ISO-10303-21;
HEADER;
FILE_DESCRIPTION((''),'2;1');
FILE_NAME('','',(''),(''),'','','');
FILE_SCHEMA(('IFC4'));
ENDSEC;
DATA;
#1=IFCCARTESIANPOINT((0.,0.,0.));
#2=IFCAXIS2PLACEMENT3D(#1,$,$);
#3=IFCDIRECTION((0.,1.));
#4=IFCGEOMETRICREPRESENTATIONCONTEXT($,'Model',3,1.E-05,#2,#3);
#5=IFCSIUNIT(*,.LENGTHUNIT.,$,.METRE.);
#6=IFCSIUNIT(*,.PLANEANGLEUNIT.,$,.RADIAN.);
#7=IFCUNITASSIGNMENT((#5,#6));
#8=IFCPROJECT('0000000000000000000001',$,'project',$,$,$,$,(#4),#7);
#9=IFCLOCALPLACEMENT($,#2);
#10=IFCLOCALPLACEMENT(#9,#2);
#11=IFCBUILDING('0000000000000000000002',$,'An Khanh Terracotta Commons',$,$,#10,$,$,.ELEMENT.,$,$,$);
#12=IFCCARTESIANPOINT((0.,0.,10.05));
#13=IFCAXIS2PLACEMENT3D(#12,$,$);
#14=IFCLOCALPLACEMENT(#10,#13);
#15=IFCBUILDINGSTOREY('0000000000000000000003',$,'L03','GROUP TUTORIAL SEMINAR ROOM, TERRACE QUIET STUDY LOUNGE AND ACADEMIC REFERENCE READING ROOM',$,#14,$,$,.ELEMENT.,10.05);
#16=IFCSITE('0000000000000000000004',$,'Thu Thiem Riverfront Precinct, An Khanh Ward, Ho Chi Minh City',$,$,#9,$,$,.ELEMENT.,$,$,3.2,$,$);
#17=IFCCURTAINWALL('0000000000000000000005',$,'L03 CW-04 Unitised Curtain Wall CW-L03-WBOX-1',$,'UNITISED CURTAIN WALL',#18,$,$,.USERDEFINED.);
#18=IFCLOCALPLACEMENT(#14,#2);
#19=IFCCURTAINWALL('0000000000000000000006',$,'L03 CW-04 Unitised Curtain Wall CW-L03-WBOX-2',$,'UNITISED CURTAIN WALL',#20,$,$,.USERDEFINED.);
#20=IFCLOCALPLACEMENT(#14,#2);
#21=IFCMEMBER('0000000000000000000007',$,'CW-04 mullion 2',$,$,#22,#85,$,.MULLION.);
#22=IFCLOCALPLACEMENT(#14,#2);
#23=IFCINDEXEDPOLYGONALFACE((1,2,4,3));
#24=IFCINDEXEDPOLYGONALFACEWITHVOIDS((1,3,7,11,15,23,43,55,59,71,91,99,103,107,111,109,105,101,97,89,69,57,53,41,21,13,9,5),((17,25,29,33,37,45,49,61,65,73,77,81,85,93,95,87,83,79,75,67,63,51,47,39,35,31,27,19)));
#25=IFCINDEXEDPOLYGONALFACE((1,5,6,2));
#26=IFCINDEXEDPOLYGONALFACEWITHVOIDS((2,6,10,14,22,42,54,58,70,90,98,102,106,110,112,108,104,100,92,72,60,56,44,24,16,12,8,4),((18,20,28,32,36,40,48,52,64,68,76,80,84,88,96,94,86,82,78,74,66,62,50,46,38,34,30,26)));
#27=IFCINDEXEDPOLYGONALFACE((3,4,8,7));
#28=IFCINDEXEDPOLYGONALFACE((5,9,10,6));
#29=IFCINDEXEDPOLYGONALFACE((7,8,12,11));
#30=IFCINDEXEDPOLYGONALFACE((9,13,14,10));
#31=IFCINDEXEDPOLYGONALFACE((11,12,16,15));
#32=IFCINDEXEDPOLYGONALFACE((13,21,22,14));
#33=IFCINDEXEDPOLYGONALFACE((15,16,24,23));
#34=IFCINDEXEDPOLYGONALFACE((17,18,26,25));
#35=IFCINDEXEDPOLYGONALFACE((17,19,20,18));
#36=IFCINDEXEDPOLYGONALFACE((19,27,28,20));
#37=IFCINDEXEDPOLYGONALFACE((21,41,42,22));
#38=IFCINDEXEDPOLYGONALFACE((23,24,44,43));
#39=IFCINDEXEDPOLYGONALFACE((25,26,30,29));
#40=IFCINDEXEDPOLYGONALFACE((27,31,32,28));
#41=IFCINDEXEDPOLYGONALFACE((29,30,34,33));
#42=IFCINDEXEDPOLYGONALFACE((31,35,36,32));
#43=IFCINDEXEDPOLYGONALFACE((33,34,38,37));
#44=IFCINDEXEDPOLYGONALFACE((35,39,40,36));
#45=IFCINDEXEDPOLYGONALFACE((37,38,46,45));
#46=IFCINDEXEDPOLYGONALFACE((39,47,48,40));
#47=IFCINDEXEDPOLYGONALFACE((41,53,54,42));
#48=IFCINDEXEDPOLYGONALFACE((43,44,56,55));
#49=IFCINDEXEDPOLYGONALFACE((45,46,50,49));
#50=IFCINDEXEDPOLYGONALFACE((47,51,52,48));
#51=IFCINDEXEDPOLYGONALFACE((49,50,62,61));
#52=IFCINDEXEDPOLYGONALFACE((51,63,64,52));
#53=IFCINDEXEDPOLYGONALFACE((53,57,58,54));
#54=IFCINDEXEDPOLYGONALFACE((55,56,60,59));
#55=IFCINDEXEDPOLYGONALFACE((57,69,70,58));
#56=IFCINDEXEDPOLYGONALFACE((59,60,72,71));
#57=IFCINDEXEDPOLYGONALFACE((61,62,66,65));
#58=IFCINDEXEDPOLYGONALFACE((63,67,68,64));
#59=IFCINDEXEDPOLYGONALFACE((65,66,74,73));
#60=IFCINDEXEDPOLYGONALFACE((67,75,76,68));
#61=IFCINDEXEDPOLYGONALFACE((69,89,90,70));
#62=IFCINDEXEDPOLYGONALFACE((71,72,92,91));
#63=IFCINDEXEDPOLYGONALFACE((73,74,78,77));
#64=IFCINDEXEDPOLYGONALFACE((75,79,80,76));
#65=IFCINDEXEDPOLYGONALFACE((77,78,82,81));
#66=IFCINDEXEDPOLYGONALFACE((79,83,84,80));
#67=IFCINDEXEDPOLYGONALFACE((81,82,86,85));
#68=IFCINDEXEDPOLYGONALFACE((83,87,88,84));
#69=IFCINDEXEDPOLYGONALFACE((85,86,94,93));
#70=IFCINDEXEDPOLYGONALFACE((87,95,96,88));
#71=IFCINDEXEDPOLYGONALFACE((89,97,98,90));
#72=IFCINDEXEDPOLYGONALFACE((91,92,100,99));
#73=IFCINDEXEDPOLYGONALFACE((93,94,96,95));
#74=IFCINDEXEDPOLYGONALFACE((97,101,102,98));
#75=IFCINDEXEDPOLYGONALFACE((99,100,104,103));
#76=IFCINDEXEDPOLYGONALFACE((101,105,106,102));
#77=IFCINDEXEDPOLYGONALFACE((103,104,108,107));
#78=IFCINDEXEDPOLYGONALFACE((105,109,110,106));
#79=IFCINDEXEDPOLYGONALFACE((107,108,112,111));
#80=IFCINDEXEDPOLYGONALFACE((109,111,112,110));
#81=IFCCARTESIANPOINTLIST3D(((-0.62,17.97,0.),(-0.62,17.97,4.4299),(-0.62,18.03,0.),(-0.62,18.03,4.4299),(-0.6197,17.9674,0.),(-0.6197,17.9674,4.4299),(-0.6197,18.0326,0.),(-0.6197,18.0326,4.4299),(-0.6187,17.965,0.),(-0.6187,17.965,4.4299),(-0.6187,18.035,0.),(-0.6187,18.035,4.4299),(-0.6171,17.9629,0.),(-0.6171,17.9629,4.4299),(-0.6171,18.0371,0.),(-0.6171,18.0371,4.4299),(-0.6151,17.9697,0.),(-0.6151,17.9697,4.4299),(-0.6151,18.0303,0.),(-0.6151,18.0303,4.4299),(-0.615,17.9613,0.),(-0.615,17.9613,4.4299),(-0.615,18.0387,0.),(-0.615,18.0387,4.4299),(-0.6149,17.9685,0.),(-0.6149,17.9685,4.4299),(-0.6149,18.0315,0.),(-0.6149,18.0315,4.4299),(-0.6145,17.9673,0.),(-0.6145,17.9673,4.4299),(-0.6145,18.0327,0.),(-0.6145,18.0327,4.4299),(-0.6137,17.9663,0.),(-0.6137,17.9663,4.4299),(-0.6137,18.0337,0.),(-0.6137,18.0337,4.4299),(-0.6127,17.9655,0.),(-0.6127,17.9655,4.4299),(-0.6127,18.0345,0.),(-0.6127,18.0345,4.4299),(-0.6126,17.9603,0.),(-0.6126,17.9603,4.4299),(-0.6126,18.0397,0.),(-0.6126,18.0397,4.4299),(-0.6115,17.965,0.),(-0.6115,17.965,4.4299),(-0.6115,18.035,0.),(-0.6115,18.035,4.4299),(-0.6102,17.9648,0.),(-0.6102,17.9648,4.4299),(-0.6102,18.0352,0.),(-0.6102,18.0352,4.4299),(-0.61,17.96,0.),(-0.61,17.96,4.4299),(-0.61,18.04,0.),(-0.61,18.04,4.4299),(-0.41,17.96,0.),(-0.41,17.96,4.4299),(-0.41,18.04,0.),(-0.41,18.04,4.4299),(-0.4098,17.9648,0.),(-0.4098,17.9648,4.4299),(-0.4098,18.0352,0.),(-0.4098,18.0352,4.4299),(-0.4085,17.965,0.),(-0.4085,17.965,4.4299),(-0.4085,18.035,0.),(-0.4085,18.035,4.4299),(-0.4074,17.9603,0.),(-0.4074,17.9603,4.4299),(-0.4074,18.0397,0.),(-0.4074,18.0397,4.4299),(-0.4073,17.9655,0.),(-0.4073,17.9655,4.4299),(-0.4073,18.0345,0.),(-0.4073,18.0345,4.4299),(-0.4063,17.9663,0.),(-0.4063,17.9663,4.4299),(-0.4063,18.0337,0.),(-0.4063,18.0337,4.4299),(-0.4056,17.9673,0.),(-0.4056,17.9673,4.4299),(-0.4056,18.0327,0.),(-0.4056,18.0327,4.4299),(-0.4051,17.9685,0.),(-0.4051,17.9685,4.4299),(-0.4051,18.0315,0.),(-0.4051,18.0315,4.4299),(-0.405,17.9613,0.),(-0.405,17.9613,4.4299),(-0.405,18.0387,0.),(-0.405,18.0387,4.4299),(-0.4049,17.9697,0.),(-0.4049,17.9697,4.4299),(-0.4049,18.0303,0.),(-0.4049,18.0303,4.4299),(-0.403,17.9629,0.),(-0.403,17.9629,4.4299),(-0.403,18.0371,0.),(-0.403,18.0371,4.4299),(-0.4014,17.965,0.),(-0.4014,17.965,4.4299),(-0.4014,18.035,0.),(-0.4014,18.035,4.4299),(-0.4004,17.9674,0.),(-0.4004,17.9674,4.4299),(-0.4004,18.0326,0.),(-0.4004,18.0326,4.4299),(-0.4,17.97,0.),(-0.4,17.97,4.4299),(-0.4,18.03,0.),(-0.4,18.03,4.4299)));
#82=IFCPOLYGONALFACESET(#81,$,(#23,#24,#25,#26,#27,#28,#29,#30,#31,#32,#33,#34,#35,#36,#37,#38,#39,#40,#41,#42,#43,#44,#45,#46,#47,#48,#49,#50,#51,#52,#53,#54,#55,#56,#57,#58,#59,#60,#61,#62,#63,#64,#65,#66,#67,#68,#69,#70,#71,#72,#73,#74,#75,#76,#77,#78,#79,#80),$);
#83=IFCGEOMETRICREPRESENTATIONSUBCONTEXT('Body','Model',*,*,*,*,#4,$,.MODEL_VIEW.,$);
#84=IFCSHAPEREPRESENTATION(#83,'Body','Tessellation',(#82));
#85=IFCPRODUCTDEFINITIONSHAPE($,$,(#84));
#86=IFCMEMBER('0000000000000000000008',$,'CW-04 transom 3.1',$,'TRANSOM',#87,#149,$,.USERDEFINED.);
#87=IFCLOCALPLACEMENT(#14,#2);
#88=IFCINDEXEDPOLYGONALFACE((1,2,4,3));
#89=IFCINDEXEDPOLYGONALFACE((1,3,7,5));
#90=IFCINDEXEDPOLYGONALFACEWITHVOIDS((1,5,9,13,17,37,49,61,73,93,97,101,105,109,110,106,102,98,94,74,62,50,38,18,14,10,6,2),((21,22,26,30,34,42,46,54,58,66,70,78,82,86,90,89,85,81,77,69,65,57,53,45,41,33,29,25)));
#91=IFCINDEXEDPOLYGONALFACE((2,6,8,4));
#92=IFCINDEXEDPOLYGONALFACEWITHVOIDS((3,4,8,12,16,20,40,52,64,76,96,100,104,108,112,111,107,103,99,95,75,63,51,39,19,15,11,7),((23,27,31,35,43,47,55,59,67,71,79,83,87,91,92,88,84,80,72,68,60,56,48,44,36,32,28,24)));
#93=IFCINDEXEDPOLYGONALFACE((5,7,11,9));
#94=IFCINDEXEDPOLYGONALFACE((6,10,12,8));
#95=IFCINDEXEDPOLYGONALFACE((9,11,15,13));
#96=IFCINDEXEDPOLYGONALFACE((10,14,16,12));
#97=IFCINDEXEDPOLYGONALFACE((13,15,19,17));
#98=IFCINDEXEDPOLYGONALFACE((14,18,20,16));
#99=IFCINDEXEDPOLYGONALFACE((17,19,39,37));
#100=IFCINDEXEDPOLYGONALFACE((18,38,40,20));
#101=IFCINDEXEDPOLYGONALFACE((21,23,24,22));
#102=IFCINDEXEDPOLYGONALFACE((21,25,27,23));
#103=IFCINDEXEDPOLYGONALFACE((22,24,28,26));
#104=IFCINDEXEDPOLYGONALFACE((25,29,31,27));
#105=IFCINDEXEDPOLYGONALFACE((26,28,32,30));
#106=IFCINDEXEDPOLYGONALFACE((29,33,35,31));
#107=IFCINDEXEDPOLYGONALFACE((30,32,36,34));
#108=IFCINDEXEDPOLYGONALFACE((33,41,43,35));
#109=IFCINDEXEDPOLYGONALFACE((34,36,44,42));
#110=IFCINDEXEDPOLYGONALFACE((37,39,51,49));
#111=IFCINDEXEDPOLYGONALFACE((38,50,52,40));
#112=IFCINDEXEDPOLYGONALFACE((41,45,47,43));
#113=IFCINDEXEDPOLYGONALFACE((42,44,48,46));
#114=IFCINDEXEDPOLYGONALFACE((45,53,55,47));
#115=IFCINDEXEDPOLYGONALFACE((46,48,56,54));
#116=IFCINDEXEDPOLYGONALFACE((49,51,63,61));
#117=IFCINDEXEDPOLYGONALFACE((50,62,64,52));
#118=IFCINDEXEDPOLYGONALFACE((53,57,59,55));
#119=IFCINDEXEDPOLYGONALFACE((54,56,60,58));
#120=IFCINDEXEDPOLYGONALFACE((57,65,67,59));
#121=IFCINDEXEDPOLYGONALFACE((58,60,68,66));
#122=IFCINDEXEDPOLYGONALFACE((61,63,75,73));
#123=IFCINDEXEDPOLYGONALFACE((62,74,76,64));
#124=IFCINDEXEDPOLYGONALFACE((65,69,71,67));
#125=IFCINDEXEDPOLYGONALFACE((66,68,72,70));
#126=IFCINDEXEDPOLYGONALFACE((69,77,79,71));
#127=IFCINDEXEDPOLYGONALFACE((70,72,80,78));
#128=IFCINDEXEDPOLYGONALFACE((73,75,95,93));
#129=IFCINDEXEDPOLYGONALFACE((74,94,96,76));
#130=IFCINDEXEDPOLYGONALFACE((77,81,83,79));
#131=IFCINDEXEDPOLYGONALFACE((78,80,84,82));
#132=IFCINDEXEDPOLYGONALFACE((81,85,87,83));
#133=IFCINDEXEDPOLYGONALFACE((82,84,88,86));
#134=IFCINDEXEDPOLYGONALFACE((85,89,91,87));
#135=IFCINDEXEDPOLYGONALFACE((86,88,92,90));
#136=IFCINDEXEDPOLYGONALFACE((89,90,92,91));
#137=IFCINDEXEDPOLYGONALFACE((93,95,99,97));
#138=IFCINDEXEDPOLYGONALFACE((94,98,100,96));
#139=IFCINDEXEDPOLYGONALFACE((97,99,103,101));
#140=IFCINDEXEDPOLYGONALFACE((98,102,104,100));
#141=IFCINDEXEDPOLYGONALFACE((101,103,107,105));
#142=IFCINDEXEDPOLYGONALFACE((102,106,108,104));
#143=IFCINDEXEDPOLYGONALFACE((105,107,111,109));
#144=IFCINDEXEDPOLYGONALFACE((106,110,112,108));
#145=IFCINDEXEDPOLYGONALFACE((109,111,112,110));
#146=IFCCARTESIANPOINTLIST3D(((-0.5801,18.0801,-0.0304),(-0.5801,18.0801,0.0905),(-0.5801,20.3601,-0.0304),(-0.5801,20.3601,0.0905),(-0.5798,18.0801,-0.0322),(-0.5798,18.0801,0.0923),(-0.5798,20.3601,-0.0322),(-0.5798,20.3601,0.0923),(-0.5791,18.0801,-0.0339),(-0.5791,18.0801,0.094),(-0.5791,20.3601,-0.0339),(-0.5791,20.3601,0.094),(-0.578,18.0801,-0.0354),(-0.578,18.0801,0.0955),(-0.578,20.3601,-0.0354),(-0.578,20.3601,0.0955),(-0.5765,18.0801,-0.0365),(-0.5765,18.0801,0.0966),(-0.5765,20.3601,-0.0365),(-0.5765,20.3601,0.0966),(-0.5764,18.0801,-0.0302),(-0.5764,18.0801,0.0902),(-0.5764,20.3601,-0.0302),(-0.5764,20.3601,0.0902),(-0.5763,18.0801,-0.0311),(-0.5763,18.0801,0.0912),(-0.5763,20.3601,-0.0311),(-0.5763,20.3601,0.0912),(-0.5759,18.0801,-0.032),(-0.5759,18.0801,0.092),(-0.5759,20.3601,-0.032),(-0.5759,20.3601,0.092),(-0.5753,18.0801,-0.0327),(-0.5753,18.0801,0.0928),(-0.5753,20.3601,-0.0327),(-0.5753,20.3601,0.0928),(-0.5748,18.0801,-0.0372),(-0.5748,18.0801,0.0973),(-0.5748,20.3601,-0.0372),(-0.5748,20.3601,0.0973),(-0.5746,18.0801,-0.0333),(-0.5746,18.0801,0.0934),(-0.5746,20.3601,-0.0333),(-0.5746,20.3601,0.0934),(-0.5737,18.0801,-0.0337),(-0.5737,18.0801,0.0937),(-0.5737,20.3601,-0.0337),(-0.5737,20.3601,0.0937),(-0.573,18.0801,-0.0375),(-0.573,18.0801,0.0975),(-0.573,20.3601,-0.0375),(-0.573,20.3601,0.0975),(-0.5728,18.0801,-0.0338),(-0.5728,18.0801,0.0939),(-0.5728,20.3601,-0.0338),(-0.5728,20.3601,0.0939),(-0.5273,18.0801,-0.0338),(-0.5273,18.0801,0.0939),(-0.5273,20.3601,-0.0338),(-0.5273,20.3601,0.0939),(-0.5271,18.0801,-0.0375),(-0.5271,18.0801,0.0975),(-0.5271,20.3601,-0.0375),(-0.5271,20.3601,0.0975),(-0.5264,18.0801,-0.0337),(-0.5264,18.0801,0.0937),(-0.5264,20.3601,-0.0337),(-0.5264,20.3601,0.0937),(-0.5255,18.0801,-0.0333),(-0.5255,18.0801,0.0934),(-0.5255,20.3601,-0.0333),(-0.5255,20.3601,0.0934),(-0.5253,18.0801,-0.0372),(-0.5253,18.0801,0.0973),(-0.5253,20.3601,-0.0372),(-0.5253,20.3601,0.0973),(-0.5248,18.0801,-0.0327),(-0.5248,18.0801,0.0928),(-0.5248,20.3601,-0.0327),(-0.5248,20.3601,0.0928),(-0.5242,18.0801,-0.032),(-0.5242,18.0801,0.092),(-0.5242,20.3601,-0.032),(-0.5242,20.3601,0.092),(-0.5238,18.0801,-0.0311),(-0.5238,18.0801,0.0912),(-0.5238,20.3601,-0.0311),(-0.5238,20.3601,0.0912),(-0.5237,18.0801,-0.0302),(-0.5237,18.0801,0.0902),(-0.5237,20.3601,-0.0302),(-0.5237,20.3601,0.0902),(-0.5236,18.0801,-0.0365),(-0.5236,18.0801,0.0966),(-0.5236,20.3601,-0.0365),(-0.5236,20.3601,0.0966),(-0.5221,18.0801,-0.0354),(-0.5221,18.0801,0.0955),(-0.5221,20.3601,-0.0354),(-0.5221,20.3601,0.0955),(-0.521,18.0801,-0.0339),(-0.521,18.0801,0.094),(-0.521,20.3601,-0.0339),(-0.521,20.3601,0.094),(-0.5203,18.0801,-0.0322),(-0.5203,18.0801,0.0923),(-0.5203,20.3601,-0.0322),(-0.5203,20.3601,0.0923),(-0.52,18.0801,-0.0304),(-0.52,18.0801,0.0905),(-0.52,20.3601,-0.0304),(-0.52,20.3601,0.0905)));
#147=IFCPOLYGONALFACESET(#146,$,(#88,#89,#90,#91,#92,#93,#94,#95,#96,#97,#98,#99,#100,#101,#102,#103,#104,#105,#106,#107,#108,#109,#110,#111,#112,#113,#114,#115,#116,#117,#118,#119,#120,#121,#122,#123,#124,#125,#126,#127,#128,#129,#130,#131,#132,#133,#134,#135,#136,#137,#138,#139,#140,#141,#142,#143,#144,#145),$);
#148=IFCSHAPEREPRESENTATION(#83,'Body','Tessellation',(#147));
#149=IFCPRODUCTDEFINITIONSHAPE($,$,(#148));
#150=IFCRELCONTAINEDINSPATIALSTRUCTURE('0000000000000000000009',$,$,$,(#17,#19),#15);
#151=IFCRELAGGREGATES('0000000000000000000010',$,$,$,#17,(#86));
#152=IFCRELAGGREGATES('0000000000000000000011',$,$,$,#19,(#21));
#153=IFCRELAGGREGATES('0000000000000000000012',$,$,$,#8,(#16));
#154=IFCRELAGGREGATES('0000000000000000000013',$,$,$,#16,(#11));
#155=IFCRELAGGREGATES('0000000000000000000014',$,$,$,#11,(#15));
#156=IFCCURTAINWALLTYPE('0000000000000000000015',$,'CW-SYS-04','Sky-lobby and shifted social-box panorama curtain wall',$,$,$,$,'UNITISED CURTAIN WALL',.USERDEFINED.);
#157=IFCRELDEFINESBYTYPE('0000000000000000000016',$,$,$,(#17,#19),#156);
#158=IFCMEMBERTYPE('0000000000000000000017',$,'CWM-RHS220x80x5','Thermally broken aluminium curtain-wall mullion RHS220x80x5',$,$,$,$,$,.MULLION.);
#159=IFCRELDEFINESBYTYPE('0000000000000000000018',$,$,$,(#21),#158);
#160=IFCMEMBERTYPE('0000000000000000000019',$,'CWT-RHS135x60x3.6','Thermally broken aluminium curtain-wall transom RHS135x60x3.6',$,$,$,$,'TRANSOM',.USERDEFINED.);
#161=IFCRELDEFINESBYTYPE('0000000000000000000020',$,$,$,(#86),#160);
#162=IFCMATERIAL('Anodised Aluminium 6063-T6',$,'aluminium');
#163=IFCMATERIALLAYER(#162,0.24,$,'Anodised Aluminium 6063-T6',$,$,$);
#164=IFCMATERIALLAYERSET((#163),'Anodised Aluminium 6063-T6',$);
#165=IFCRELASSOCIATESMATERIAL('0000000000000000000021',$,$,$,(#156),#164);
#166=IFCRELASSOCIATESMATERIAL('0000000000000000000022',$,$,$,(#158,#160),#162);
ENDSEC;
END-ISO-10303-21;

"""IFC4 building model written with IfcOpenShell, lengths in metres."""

from ifc_helpers import new_model, si_unit, direction, frame, origin, origin_2d, place, context, subcontext, project, spatial, hollow_rectangle, extrude, material, layer, layer_set, material_profile, profile_set, type_object, element, aggregate, save


model = new_model("IFC4")

# Units and contexts
model_context = context("Model", 3, precision=1e-05, world=origin(), true_north=direction((0.0, 1.0)))
body_context = subcontext(model_context, "Body", "Model", "MODEL_VIEW")
ifc_project = project(units=[si_unit("LENGTHUNIT", "METRE"), si_unit("PLANEANGLEUNIT", "RADIAN")], contexts=[model_context])

# Site, building, storey
site_placement = place(None, origin())
site = spatial("IfcSite", under=ifc_project, at=site_placement, Name="Thu Thiem Riverfront Precinct, An Khanh Ward, Ho Chi Minh City", CompositionType="ELEMENT", RefElevation=3.2)
building_placement = place(site_placement, origin())
building = spatial("IfcBuilding", under=site, at=building_placement, Name="An Khanh Terracotta Commons", CompositionType="ELEMENT")
storey_placement = place(building_placement, frame((0.0, 0.0, 10.05)))
storey = spatial("IfcBuildingStorey", under=building, at=storey_placement, Name="L03", Description="GROUP TUTORIAL SEMINAR ROOM, TERRACE QUIET STUDY LOUNGE AND ACADEMIC REFERENCE READING ROOM", CompositionType="ELEMENT", Elevation=10.05)

# Curtain walls, member
ifc_material_1 = material(Name="Anodised Aluminium 6063-T6", Category="aluminium")
ifc_layer_1 = layer(ifc_material_1, 0.24, Name="Anodised Aluminium 6063-T6")
ifc_layer_set_1 = layer_set([ifc_layer_1], Name="Anodised Aluminium 6063-T6")
curtain_wall_type = type_object("IfcCurtainWallType", Name="CW-SYS-04", Description="Sky-lobby and shifted social-box panorama curtain wall", ElementType="UNITISED CURTAIN WALL", PredefinedType="USERDEFINED", material=ifc_layer_set_1)
curtain_wall_1_placement = place(storey_placement, origin())
curtain_wall_1 = element("IfcCurtainWall", 1, at=curtain_wall_1_placement, inside=storey, type_object=curtain_wall_type, Name="L03 CW-04 Unitised Curtain Wall CW-L03-WBOX-1", ObjectType="UNITISED CURTAIN WALL", PredefinedType="USERDEFINED")
ifc_material_profile_1 = material_profile(ifc_material_1, hollow_rectangle(XDim=0.0801, YDim=0.22, WallThickness=0.0049, InnerFilletRadius=0.0049, OuterFilletRadius=0.01, at=origin_2d()), Name="RHS220x80x5")
ifc_profile_set_1 = profile_set([ifc_material_profile_1], Name="Anodised Aluminium 6063-T6")
member_type_1 = type_object("IfcMemberType", Name="CWM-RHS220x80x5", Description="Thermally broken aluminium curtain-wall mullion RHS220x80x5", PredefinedType="MULLION", material=ifc_profile_set_1)
curtain_wall_2_placement = place(storey_placement, origin())
curtain_wall_2 = element("IfcCurtainWall", 2, at=curtain_wall_2_placement, inside=storey, type_object=curtain_wall_type, Name="L03 CW-04 Unitised Curtain Wall CW-L03-WBOX-2", ObjectType="UNITISED CURTAIN WALL", PredefinedType="USERDEFINED")
member_1_placement = place(storey_placement, frame((-0.51, 18.0, 0.0), z_axis=(0.0, 0.0, 1.0), x_axis=(0.0, -1.0, 0.0)))
member_1 = element("IfcMember", 3, at=member_1_placement, type_object=member_type_1, Name="CW-04 mullion 2", PredefinedType="MULLION", context=body_context, shape_type="SweptSolid", body=[
    extrude(hollow_rectangle(XDim=0.0801, YDim=0.22, WallThickness=0.0049, InnerFilletRadius=0.0049, OuterFilletRadius=0.01, at=origin_2d()), origin(), (0.0, 0.0, 1.0), 4.4299),
])

# Member
ifc_material_profile_2 = material_profile(ifc_material_1, hollow_rectangle(XDim=0.0601, YDim=0.135, WallThickness=0.0037, InnerFilletRadius=0.0037, OuterFilletRadius=0.0071, at=origin_2d()), Name="RHS135x60x3.6")
ifc_profile_set_2 = profile_set([ifc_material_profile_2], Name="Anodised Aluminium 6063-T6")
member_type_2 = type_object("IfcMemberType", Name="CWT-RHS135x60x3.6", Description="Thermally broken aluminium curtain-wall transom RHS135x60x3.6", ElementType="TRANSOM", PredefinedType="USERDEFINED", material=ifc_profile_set_2)
member_2_placement = place(storey_placement, frame((-0.55, 20.3601, 0.03), z_axis=(0.0, -1.0, 0.0), x_axis=(1.0, 0.0, 0.0)))
member_2 = element("IfcMember", 4, at=member_2_placement, type_object=member_type_2, Name="CW-04 transom 3.1", ObjectType="TRANSOM", PredefinedType="USERDEFINED", context=body_context, shape_type="SweptSolid", body=[
    extrude(hollow_rectangle(XDim=0.0601, YDim=0.135, WallThickness=0.0037, InnerFilletRadius=0.0037, OuterFilletRadius=0.0071, at=origin_2d()), origin(), (0.0, 0.0, 1.0), 2.28),
])

aggregate(curtain_wall_1, [member_2])
aggregate(curtain_wall_2, [member_1])

save(model, "model.ifc")
